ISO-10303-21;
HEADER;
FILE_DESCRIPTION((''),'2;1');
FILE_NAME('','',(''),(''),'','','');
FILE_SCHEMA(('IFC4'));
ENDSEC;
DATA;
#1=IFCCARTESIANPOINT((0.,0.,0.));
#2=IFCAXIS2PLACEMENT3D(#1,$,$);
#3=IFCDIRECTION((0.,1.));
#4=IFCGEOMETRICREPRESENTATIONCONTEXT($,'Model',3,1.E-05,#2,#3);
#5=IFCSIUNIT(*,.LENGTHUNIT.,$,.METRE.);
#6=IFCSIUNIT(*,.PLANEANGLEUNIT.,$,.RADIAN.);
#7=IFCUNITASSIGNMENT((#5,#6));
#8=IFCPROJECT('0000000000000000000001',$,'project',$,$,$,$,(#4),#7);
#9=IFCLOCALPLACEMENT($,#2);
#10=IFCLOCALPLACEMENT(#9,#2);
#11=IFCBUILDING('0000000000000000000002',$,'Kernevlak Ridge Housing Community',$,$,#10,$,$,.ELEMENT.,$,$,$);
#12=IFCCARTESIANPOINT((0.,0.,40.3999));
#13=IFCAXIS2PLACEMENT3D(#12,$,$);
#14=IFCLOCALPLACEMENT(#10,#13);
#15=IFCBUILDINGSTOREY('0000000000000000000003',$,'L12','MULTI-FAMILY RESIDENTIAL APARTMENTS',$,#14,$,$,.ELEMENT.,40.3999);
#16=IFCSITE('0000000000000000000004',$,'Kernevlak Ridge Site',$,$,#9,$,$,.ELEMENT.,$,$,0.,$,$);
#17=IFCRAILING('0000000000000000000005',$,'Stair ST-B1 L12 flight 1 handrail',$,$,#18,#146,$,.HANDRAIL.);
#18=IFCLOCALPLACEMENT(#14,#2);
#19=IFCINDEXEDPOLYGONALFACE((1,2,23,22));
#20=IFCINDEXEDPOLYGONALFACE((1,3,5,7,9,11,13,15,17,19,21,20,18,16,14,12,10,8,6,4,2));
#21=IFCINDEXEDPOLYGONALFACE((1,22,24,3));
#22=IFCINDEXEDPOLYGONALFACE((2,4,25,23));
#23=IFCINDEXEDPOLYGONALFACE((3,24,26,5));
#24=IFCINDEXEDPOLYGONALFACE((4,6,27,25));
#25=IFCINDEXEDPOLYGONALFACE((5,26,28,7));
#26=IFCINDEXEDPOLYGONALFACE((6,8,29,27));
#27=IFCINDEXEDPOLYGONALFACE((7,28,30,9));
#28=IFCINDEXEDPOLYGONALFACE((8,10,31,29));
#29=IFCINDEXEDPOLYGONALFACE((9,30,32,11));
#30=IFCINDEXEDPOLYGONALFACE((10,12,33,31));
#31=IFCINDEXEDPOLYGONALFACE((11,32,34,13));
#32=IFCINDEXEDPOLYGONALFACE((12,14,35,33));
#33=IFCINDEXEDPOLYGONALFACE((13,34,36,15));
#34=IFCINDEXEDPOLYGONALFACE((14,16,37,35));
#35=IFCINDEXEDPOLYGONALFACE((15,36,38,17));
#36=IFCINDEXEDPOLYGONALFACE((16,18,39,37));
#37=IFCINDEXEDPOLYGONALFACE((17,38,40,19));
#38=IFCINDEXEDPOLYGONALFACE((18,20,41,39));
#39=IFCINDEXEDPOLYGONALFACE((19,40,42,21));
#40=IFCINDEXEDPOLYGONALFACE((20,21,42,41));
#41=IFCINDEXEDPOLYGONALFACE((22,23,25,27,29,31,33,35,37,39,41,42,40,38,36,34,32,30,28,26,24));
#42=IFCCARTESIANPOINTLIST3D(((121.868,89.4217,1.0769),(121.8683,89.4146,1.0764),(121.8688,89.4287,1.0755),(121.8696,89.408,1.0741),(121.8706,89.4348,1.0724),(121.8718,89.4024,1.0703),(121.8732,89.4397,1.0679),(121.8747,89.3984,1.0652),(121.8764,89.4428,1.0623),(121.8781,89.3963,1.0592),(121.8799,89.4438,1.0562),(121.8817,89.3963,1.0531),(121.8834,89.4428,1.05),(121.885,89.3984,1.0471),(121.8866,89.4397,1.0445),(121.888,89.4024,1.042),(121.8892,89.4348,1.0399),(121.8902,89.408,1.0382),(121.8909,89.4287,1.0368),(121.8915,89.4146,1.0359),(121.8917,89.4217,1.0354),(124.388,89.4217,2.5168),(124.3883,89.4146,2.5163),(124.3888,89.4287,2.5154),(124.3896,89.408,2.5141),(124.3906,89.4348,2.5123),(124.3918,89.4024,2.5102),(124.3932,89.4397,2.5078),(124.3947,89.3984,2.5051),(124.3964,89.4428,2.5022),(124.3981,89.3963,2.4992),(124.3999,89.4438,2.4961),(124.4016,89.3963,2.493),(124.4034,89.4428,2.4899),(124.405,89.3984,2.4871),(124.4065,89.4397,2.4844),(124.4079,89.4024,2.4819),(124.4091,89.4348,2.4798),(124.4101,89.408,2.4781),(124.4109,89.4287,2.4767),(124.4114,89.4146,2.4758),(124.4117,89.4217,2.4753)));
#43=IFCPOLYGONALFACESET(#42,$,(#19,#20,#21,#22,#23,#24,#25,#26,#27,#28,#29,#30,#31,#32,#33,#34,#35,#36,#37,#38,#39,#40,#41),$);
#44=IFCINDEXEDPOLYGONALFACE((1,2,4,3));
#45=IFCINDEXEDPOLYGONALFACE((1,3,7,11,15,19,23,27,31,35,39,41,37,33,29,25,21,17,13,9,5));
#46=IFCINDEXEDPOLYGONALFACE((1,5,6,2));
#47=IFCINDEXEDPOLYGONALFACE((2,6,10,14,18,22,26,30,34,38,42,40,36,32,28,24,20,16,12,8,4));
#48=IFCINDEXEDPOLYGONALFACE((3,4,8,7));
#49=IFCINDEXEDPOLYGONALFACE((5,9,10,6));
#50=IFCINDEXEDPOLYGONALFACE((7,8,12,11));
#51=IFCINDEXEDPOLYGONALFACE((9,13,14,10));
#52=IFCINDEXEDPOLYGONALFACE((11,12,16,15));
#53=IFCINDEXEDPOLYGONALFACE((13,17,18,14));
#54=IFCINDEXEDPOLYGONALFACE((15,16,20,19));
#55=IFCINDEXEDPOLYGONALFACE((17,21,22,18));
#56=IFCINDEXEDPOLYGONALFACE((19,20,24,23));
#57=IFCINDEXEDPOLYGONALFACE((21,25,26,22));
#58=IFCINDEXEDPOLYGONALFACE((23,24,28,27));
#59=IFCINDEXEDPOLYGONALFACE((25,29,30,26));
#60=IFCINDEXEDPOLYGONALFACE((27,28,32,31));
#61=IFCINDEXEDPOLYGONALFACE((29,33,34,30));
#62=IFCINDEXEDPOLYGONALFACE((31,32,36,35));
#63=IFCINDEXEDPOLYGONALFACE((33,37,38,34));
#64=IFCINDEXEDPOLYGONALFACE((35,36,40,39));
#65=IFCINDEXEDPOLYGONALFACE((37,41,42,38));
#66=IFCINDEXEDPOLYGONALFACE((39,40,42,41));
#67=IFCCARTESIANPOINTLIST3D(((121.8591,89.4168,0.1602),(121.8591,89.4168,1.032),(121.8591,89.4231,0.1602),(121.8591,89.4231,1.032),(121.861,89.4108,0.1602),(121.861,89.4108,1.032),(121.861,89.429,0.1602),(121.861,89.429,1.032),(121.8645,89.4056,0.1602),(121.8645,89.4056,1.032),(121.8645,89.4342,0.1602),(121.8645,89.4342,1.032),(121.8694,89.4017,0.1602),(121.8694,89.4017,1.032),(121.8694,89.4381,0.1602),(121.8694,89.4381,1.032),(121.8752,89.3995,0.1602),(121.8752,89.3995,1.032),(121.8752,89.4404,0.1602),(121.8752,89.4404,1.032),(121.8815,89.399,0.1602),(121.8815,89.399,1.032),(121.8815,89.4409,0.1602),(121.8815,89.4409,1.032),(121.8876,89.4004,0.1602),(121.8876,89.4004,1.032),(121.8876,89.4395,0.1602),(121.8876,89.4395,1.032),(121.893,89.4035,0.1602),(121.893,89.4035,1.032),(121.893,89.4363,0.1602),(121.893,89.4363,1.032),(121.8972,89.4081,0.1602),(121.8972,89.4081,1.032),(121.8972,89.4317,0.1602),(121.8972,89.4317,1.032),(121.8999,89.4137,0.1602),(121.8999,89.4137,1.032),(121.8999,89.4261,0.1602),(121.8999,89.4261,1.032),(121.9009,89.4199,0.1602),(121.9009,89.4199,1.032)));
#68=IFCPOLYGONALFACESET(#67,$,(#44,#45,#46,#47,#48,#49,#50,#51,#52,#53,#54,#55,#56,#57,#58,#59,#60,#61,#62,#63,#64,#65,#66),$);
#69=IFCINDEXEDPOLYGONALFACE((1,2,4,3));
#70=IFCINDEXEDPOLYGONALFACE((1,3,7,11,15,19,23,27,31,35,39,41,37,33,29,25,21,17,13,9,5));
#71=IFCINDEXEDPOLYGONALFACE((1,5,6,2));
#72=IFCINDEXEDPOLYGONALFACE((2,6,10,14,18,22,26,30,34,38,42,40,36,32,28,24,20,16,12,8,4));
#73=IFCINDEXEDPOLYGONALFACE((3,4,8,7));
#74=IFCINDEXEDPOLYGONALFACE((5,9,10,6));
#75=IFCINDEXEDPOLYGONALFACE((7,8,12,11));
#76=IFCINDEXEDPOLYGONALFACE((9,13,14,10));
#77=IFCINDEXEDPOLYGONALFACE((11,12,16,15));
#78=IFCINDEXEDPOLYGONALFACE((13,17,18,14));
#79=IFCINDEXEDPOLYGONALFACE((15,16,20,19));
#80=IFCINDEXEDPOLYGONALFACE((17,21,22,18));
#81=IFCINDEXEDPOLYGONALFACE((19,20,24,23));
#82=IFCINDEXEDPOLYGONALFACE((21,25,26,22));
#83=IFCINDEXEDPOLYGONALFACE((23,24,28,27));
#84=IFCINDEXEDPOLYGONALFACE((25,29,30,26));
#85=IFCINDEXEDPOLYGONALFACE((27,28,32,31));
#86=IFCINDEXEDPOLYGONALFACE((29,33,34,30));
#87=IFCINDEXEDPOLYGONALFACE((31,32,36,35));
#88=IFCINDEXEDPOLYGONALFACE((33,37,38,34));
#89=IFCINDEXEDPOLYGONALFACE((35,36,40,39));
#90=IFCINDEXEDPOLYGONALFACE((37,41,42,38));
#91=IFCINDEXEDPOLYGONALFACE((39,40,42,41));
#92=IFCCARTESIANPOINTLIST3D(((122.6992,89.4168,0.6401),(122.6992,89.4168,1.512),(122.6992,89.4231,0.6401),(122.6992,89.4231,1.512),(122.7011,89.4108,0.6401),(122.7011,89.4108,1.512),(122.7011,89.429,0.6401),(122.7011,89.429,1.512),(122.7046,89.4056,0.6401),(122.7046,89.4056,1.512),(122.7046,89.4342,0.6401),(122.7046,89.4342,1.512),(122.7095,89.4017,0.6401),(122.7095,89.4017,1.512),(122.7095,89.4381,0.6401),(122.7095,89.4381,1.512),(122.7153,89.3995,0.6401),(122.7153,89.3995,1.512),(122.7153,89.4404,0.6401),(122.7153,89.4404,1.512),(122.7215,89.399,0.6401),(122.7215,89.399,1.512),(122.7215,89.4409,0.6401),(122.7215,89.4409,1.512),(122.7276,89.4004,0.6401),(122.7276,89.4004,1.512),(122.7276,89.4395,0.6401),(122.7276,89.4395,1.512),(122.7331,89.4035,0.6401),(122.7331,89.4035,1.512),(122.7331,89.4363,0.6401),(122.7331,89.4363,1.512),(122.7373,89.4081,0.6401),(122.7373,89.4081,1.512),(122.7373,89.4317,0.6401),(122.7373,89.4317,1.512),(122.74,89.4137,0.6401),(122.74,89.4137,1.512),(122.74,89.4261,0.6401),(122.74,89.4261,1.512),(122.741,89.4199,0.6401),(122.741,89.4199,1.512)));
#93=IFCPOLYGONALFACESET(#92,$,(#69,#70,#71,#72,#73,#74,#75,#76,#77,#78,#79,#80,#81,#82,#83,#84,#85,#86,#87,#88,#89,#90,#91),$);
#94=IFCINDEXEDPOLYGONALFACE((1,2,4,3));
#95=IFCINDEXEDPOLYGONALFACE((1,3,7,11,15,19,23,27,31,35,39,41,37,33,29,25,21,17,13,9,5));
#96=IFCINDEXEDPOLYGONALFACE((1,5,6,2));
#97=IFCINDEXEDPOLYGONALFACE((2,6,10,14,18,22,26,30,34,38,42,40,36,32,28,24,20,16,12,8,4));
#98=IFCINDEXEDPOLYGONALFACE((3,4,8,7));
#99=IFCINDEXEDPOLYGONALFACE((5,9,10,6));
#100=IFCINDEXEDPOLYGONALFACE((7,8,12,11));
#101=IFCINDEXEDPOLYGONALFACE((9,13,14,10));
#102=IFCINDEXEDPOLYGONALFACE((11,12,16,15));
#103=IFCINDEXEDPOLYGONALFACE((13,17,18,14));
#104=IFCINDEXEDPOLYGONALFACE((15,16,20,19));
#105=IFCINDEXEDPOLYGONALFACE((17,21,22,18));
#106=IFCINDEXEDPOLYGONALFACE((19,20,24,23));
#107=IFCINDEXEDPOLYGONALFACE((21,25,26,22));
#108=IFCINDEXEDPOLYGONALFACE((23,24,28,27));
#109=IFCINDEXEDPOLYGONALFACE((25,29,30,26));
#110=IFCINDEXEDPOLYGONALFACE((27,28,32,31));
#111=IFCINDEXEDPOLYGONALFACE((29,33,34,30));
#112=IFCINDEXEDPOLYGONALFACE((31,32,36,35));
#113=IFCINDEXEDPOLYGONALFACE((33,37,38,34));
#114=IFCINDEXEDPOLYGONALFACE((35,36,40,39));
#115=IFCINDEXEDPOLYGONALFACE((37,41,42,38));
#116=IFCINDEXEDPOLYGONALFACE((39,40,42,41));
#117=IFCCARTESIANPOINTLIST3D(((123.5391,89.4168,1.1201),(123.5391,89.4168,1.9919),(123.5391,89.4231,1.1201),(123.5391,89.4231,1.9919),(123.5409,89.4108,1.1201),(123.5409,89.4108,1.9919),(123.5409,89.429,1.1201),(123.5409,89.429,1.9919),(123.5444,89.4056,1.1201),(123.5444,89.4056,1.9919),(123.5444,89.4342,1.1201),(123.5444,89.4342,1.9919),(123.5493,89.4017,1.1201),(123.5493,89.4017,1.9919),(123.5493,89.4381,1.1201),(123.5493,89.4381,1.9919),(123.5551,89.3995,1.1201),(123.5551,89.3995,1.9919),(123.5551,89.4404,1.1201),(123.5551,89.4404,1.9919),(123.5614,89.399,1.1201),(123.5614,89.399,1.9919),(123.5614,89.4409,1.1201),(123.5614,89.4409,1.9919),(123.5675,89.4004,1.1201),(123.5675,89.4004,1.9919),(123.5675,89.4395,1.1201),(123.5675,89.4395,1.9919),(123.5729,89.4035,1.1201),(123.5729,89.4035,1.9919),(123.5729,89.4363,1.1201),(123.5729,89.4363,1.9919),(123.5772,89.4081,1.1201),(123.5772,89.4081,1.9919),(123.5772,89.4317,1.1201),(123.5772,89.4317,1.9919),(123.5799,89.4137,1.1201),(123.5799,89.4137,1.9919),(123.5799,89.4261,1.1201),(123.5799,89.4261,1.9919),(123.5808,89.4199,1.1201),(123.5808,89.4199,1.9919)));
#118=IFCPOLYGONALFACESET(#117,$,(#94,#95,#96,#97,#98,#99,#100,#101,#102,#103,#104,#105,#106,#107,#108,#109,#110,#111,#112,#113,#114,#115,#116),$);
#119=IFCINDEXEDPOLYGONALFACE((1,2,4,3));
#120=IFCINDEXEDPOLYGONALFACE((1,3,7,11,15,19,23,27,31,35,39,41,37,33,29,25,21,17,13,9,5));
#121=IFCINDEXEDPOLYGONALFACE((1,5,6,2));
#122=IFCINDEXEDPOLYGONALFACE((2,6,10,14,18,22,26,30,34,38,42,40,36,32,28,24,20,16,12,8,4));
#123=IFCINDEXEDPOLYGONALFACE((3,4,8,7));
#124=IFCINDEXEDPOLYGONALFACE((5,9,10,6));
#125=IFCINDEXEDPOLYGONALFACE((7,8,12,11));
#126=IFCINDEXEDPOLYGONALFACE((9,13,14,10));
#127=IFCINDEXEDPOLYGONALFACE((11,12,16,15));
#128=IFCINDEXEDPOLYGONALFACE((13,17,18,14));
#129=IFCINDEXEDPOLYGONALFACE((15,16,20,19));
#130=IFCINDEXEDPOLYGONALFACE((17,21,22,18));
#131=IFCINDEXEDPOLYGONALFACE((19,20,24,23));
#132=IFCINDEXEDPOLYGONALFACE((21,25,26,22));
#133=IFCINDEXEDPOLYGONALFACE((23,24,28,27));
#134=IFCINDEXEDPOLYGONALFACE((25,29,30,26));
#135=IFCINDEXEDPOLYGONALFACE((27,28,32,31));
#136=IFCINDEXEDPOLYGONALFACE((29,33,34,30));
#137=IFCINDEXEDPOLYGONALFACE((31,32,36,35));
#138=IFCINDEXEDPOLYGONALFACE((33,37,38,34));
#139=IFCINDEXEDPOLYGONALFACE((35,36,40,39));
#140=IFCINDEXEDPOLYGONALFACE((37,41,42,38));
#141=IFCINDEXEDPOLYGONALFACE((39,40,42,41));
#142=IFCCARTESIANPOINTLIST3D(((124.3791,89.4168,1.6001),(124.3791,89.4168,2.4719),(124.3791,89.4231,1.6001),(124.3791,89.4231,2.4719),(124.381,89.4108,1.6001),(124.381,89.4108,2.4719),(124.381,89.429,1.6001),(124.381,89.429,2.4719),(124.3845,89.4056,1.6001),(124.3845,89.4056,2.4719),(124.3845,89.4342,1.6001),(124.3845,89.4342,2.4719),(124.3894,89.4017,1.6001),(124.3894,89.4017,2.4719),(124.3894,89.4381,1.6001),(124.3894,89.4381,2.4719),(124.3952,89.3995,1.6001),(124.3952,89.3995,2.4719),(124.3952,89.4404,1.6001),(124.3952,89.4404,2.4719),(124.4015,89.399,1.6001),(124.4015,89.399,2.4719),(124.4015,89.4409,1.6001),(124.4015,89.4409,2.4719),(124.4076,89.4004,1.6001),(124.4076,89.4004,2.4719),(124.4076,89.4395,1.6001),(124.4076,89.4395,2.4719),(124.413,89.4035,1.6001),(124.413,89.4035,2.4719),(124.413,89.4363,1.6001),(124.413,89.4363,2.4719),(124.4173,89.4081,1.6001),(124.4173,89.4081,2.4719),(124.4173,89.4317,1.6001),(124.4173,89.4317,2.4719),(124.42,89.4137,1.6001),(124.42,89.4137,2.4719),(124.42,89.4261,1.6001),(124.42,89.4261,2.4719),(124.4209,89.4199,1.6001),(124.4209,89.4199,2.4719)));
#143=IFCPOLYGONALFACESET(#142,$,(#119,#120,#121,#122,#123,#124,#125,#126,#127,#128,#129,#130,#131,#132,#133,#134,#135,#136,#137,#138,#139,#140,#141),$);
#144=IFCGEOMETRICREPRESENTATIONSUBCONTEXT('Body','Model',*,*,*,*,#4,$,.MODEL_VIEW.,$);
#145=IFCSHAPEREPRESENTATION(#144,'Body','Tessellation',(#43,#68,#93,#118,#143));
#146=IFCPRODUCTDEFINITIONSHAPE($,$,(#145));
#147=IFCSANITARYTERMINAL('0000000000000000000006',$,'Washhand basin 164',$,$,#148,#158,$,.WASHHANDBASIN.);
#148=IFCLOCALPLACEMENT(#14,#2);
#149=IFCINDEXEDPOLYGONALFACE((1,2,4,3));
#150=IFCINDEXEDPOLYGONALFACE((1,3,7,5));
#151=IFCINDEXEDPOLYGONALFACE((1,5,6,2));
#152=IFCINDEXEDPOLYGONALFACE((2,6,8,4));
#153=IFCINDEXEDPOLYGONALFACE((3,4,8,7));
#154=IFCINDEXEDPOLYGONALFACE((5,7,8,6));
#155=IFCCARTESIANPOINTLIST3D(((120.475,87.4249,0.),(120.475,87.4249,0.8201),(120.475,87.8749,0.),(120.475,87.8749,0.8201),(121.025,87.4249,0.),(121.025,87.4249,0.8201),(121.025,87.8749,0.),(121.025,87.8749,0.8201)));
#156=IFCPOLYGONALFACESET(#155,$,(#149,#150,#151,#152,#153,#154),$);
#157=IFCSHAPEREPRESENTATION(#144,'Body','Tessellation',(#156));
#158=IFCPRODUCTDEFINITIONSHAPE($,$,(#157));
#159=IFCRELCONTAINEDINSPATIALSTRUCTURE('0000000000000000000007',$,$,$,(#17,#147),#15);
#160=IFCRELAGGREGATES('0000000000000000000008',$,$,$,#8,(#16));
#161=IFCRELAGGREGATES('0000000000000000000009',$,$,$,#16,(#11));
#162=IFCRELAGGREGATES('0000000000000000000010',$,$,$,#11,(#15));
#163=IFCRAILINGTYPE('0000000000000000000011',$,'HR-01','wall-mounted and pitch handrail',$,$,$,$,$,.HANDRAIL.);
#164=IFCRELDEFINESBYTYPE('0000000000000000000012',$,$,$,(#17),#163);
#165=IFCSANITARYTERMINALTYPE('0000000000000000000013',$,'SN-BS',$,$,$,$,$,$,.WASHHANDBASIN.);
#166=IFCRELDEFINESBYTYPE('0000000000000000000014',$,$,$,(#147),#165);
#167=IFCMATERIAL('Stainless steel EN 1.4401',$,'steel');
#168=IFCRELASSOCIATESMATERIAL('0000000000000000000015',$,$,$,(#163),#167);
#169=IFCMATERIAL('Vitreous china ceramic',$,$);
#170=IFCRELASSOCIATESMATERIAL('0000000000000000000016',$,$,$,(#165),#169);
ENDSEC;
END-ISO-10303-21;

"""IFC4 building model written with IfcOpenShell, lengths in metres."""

from ifc_helpers import new_model, si_unit, direction, frame, origin, origin_2d, place, context, subcontext, project, spatial, rectangle, circle, extrude, material, type_object, element, save


model = new_model("IFC4")

# Units and contexts
model_context = context("Model", 3, precision=1e-05, world=origin(), true_north=direction((0.0, 1.0)))
body_context = subcontext(model_context, "Body", "Model", "MODEL_VIEW")
ifc_project = project(units=[si_unit("LENGTHUNIT", "METRE"), si_unit("PLANEANGLEUNIT", "RADIAN")], contexts=[model_context])

# Site, building, storey
site_placement = place(None, origin())
site = spatial("IfcSite", under=ifc_project, at=site_placement, Name="Kernevlak Ridge Site", CompositionType="ELEMENT", RefElevation=0.0)
building_placement = place(site_placement, origin())
building = spatial("IfcBuilding", under=site, at=building_placement, Name="Kernevlak Ridge Housing Community", CompositionType="ELEMENT")
storey_placement = place(building_placement, frame((0.0, 0.0, 40.3999)))
storey = spatial("IfcBuildingStorey", under=building, at=storey_placement, Name="L12", Description="MULTI-FAMILY RESIDENTIAL APARTMENTS", CompositionType="ELEMENT", Elevation=40.3999)

# Railing
ifc_material_1 = material(Name="Stainless steel EN 1.4401", Category="steel")
railing_type_1 = type_object("IfcRailingType", Name="HR-01", Description="wall-mounted and pitch handrail", PredefinedType="HANDRAIL", material=ifc_material_1)
railing_1_placement = place(storey_placement, frame((121.8799, 89.4199, 0.1602)))
element("IfcRailing", 1, at=railing_1_placement, inside=storey, type_object=railing_type_1, Name="Stair ST-B1 L12 flight 1 handrail", PredefinedType="HANDRAIL", context=body_context, shape_type="SweptSolid", body=[
    extrude(circle(Radius=0.0239, at=origin_2d()), frame((0.0, 0.0, 0.896), z_axis=(0.868253, 0.0, 0.496121), x_axis=(0.0, 1.0, 0.0)), (0.0, 0.0, 1.0), 2.9023),
    extrude(circle(Radius=0.021, at=origin_2d()), origin(), (0.0, 0.0, 1.0), 0.8718),
    extrude(circle(Radius=0.021, at=origin_2d()), frame((0.8401, 0.0, 0.48)), (0.0, 0.0, 1.0), 0.8718),
    extrude(circle(Radius=0.021, at=origin_2d()), frame((1.6799, 0.0, 0.96)), (0.0, 0.0, 1.0), 0.8718),
    extrude(circle(Radius=0.021, at=origin_2d()), frame((2.52, 0.0, 1.4399)), (0.0, 0.0, 1.0), 0.8718),
])

# Sanitary terminal
ifc_material_2 = material(Name="Vitreous china ceramic")
sanitary_terminal_type = type_object("IfcSanitaryTerminalType", Name="SN-BS", PredefinedType="WASHHANDBASIN", material=ifc_material_2)
sanitary_terminal_placement = place(storey_placement, frame((120.75, 87.6499, 0.0), z_axis=(0.0, 0.0, 1.0), x_axis=(1.0, 0.0, 0.0)))
element("IfcSanitaryTerminal", 2, at=sanitary_terminal_placement, inside=storey, type_object=sanitary_terminal_type, Name="Washhand basin 164", PredefinedType="WASHHANDBASIN", context=body_context, shape_type="SweptSolid", body=[
    extrude(rectangle(XDim=0.55, YDim=0.45, at=origin_2d()), origin(), (0.0, 0.0, 1.0), 0.8201),
])

save(model, "model.ifc")
